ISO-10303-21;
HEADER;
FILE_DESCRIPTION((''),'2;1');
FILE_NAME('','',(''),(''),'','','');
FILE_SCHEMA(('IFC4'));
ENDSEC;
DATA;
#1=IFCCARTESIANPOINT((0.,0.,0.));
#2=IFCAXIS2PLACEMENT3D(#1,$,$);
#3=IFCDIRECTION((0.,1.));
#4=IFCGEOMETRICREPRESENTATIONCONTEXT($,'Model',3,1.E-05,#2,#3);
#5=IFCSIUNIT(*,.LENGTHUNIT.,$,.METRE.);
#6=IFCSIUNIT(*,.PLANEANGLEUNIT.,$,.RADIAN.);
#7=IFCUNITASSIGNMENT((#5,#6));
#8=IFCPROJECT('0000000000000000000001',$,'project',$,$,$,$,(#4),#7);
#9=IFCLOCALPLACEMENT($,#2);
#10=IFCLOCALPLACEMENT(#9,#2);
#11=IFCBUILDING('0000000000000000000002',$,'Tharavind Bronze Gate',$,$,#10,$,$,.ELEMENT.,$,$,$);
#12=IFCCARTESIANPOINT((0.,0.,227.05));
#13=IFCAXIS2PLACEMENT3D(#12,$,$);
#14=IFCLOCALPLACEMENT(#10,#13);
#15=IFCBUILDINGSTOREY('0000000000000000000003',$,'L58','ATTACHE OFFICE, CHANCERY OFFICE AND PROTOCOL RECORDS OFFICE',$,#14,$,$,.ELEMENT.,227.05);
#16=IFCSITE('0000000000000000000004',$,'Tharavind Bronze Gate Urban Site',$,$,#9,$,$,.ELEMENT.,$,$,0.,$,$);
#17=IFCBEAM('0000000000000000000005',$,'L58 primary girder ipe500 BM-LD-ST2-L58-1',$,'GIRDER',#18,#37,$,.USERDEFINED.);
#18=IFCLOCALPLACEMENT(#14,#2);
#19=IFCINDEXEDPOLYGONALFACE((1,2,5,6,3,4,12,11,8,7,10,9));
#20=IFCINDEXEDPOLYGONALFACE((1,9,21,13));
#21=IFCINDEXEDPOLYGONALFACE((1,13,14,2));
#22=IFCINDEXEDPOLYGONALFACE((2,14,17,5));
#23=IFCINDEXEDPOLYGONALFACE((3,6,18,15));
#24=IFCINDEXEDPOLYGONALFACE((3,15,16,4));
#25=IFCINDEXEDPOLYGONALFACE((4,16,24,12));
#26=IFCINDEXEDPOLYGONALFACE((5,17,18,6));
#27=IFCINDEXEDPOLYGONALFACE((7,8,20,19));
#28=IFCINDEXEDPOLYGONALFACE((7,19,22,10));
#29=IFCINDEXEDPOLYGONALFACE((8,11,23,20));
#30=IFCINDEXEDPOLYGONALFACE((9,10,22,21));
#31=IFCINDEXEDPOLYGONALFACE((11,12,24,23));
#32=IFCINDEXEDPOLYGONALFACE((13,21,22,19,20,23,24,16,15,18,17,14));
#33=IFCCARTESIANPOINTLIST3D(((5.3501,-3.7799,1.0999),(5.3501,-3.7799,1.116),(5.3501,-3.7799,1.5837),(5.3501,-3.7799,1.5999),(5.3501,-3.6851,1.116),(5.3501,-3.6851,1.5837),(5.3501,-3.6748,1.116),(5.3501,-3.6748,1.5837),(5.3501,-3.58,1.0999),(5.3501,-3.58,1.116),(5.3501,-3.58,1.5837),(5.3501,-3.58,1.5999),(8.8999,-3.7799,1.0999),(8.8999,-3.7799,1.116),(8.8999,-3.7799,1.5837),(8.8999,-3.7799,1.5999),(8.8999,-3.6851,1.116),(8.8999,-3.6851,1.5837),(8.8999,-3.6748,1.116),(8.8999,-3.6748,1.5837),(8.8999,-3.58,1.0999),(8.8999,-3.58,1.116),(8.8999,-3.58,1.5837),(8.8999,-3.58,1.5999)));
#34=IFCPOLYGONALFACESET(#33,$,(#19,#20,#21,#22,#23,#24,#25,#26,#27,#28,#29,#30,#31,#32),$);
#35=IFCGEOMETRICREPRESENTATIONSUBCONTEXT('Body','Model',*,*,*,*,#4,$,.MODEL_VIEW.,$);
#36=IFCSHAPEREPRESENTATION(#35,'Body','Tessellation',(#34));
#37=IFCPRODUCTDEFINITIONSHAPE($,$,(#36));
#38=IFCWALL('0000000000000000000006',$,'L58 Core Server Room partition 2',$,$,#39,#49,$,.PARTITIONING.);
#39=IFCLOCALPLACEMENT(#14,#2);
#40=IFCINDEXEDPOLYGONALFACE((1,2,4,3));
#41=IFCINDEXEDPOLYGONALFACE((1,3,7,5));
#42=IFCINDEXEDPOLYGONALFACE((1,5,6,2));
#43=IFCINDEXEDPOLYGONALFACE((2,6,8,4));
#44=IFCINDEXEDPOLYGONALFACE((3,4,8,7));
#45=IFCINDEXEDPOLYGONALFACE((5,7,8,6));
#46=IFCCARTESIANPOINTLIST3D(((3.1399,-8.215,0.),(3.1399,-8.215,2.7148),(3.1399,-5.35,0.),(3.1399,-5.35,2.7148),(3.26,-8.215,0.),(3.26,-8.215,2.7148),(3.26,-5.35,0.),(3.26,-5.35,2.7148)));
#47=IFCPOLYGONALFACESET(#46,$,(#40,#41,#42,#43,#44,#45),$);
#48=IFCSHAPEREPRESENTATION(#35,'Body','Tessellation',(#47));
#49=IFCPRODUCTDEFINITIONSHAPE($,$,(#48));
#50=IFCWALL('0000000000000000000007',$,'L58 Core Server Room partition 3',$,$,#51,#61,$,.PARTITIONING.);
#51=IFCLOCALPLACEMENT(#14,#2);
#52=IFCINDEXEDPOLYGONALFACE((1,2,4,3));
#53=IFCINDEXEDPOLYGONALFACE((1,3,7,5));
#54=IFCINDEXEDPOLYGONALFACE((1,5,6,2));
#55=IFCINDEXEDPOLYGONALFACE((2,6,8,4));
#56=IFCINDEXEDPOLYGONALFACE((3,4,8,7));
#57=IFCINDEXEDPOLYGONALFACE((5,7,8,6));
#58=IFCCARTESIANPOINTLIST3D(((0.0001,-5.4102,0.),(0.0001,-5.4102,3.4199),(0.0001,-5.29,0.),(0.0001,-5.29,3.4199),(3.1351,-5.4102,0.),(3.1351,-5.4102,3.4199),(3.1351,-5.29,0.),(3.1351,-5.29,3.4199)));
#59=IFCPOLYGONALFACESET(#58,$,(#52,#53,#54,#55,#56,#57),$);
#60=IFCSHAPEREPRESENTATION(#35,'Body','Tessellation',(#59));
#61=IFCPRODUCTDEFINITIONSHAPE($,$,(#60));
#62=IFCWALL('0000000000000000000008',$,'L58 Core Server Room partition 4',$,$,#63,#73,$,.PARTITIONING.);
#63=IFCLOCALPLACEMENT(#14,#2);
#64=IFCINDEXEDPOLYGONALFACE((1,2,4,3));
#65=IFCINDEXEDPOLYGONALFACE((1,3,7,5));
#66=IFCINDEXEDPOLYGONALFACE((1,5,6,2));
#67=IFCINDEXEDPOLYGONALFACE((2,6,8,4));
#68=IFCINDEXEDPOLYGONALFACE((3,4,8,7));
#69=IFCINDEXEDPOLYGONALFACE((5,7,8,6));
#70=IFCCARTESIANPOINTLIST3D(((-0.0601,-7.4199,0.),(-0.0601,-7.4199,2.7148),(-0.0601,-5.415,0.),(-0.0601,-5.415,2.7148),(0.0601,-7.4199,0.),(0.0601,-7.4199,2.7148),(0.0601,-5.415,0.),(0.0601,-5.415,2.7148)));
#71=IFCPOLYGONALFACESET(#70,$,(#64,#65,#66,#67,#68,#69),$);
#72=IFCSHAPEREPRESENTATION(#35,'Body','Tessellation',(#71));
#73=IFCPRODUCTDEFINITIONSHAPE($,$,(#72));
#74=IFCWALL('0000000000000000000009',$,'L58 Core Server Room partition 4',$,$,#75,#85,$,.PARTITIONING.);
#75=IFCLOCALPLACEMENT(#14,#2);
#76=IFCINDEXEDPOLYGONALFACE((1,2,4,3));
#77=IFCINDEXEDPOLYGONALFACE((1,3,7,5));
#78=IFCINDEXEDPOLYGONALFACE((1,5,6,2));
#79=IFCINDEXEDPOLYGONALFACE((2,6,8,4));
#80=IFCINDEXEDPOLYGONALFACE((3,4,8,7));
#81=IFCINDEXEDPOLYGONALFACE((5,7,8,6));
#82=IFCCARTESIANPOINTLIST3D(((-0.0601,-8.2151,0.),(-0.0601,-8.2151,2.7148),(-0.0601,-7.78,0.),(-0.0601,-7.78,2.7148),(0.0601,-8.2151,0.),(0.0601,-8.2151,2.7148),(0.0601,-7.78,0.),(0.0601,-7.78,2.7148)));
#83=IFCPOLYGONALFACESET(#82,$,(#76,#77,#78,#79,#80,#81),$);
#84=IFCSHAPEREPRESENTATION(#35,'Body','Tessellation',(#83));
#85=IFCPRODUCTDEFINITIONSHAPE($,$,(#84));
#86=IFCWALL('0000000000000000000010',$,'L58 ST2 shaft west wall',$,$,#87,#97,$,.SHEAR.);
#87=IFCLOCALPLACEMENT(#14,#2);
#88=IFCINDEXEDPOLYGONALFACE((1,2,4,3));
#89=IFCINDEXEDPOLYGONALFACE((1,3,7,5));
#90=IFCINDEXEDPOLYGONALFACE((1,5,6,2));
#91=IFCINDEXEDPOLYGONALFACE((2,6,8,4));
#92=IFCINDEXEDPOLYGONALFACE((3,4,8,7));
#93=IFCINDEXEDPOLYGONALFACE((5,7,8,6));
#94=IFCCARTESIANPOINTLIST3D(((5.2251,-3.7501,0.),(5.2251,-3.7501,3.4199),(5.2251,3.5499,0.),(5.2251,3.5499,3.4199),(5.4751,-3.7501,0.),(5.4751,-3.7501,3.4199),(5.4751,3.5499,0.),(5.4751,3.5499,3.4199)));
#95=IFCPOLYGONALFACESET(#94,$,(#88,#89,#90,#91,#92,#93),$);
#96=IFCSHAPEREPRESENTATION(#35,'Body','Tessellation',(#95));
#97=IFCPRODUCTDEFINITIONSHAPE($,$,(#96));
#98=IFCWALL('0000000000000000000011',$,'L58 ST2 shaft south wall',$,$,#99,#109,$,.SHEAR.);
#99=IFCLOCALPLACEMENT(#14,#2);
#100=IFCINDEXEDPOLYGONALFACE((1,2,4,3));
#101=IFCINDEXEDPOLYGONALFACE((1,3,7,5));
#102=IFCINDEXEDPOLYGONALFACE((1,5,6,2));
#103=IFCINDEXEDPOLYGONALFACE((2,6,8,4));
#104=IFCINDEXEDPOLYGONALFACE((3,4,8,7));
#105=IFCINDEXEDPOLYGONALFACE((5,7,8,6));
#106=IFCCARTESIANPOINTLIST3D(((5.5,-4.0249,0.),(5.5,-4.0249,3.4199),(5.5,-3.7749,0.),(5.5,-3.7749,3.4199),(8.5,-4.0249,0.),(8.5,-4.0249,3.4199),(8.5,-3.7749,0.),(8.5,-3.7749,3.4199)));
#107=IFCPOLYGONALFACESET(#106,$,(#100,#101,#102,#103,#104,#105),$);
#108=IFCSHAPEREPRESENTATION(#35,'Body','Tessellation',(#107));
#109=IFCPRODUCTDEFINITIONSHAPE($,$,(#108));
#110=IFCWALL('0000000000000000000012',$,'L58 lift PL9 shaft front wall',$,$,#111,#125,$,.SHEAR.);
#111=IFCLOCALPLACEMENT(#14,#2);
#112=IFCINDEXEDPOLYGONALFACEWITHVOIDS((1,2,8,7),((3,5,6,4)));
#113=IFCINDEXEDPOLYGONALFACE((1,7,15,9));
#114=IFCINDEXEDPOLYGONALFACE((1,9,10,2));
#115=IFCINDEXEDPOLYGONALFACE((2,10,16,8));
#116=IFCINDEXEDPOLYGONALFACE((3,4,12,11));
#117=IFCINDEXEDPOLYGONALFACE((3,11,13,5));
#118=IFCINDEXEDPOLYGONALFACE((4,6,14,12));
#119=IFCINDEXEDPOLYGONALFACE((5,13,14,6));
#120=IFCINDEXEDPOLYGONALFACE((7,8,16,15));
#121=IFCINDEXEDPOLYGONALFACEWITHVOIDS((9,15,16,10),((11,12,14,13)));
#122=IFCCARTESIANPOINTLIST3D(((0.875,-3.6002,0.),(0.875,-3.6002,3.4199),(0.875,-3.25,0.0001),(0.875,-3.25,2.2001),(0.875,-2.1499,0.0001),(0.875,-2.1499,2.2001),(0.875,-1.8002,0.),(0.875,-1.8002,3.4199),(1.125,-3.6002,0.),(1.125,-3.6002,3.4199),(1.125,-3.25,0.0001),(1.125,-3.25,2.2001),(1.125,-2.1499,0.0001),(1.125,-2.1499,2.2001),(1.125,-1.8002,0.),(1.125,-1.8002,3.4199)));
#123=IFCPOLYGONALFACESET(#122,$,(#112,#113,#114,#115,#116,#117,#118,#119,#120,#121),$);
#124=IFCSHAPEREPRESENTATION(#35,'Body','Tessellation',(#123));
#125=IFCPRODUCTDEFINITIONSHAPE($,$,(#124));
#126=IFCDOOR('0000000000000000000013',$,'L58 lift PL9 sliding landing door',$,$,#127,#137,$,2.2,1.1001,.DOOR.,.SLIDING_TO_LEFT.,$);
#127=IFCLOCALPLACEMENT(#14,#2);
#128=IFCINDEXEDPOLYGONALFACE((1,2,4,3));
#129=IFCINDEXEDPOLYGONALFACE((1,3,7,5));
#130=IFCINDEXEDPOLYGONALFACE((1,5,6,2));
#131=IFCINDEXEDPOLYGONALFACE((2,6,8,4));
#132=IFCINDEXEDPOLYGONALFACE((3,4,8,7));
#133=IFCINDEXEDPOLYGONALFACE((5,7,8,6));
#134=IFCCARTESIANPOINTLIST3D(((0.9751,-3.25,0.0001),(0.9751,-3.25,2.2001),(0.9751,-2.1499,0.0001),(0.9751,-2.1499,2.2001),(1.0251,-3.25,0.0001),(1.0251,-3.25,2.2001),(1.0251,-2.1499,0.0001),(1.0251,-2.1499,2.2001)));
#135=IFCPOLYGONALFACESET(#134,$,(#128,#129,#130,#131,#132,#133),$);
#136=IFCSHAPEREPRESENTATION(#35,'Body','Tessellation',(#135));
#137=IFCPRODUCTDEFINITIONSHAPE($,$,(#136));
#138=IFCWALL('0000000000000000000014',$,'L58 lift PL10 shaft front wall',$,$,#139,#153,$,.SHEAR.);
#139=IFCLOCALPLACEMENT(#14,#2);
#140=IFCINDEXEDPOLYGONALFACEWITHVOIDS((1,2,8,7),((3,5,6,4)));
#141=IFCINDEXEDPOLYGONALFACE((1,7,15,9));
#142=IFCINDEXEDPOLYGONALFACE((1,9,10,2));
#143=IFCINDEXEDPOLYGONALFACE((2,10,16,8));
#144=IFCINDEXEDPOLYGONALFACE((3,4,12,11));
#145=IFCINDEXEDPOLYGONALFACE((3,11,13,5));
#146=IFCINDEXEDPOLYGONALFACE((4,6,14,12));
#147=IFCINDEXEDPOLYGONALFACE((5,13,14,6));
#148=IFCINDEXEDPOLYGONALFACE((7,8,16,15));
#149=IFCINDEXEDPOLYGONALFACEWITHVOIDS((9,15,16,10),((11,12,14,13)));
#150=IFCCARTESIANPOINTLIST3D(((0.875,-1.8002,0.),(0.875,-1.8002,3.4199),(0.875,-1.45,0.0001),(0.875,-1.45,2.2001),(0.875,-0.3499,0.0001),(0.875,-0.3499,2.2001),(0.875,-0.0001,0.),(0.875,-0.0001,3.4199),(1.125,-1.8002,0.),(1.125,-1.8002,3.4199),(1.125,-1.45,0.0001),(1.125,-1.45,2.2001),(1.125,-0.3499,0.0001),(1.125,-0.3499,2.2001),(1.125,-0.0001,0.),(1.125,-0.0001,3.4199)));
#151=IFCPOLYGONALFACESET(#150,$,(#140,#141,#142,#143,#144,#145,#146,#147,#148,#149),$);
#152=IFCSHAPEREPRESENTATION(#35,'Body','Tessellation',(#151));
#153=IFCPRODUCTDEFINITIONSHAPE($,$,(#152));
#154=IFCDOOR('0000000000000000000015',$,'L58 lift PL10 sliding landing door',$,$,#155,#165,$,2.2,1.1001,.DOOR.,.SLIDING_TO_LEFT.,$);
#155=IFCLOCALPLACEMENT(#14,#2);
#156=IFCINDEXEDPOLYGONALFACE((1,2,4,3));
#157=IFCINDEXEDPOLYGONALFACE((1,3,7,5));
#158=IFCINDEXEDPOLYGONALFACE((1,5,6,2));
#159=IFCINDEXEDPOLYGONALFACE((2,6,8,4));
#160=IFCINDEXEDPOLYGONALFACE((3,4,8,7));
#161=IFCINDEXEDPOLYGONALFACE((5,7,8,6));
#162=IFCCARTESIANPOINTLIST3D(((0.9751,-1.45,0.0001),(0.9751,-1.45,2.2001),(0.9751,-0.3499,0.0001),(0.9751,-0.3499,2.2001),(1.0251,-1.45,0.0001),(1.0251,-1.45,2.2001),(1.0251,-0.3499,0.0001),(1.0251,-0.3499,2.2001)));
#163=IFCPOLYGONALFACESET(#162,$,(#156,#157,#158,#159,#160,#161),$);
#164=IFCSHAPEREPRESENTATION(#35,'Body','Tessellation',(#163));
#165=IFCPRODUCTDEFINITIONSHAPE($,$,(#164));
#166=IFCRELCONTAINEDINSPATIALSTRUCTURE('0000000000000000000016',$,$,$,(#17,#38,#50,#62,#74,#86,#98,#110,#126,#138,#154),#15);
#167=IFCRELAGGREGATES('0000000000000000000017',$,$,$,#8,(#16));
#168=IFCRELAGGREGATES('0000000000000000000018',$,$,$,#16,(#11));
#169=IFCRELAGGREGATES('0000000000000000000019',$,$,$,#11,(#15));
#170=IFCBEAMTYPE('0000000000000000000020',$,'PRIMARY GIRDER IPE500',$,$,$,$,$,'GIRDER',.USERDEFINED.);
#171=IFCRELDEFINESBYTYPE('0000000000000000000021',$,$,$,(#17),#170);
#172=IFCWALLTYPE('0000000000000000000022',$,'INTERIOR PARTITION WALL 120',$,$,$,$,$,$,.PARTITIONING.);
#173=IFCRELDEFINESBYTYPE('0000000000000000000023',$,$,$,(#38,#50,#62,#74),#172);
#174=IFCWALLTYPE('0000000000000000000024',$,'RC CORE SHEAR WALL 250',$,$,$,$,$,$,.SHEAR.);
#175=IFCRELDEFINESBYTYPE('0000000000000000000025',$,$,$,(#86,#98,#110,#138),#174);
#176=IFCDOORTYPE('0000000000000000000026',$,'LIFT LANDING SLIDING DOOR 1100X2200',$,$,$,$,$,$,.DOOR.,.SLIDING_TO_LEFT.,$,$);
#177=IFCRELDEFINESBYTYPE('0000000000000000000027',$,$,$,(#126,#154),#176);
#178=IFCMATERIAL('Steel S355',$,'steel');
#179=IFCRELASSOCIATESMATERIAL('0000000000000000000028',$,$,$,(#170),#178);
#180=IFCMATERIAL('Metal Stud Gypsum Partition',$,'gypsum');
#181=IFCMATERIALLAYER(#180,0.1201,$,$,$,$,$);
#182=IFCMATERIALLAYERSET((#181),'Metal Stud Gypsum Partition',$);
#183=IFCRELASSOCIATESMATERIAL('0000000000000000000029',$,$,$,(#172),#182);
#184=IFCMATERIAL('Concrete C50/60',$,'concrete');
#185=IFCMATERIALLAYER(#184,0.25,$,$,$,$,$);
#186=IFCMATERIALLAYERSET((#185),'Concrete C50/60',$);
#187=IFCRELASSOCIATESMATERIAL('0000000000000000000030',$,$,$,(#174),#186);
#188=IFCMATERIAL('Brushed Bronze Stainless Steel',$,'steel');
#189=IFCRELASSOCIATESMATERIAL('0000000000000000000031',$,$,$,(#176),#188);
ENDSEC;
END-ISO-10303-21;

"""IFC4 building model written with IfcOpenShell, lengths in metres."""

from ifc_helpers import new_model, si_unit, direction, frame, frame_2d, origin, origin_2d, place, context, subcontext, project, spatial, rectangle, i_section, extrude, material, layer, layer_set, material_profile, profile_set, type_object, element, fill, save


model = new_model("IFC4")

# Units and contexts
model_context = context("Model", 3, precision=1e-05, world=origin(), true_north=direction((0.0, 1.0)))
body_context = subcontext(model_context, "Body", "Model", "MODEL_VIEW")
ifc_project = project(units=[si_unit("LENGTHUNIT", "METRE"), si_unit("PLANEANGLEUNIT", "RADIAN")], contexts=[model_context])

# Site, building, storey
site_placement = place(None, origin())
site = spatial("IfcSite", under=ifc_project, at=site_placement, Name="Tharavind Bronze Gate Urban Site", CompositionType="ELEMENT", RefElevation=0.0)
building_placement = place(site_placement, origin())
building = spatial("IfcBuilding", under=site, at=building_placement, Name="Tharavind Bronze Gate", CompositionType="ELEMENT")
storey_placement = place(building_placement, frame((0.0, 0.0, 227.05)))
storey = spatial("IfcBuildingStorey", under=building, at=storey_placement, Name="L58", Description="ATTACHE OFFICE, CHANCERY OFFICE AND PROTOCOL RECORDS OFFICE", CompositionType="ELEMENT", Elevation=227.05)

# Beam
ifc_material_1 = material(Name="Steel S355", Category="steel")
ifc_material_profile = material_profile(ifc_material_1, i_section(OverallWidth=0.2, OverallDepth=0.5, WebThickness=0.0103, FlangeThickness=0.0161, at=origin_2d()), Name="IPE500")
ifc_profile_set = profile_set([ifc_material_profile], Name="Steel S355")
beam_type = type_object("IfcBeamType", Name="PRIMARY GIRDER IPE500", ElementType="GIRDER", PredefinedType="USERDEFINED", material=ifc_profile_set)
beam_placement = place(storey_placement, frame((5.3501, -3.6799, 1.3499), z_axis=(1.0, 0.0, 0.0), x_axis=(0.0, 1.0, 0.0)))
element("IfcBeam", 1, at=beam_placement, inside=storey, type_object=beam_type, Name="L58 primary girder ipe500 BM-LD-ST2-L58-1", ObjectType="GIRDER", PredefinedType="USERDEFINED", context=body_context, shape_type="SweptSolid", body=[
    extrude(i_section(OverallWidth=0.2, OverallDepth=0.5, WebThickness=0.0103, FlangeThickness=0.0161, at=origin_2d()), origin(), (0.0, 0.0, 1.0), 3.5498),
])

# Walls
ifc_material_2 = material(Name="Metal Stud Gypsum Partition", Category="gypsum")
ifc_layer_1 = layer(ifc_material_2, 0.1201)
ifc_layer_set_1 = layer_set([ifc_layer_1], Name="Metal Stud Gypsum Partition")
wall_type_1 = type_object("IfcWallType", Name="INTERIOR PARTITION WALL 120", PredefinedType="PARTITIONING", material=ifc_layer_set_1)
wall_1_placement = place(storey_placement, frame((3.2, -8.2151, 0.0), z_axis=(0.0, 0.0, 1.0), x_axis=(0.0, 1.0, 0.0)))
element("IfcWall", 2, at=wall_1_placement, inside=storey, type_object=wall_type_1, Name="L58 Core Server Room partition 2", PredefinedType="PARTITIONING", context=body_context, shape_type="SweptSolid", body=[
    extrude(rectangle(XDim=2.865, YDim=0.1201, at=frame_2d((1.4326, 0.0))), origin(), (0.0, 0.0, 1.0), 2.7148),
])
wall_2_placement = place(storey_placement, frame((3.135, -5.3501, 0.0), z_axis=(0.0, 0.0, 1.0), x_axis=(-1.0, 0.0, 0.0)))
element("IfcWall", 3, at=wall_2_placement, inside=storey, type_object=wall_type_1, Name="L58 Core Server Room partition 3", PredefinedType="PARTITIONING", context=body_context, shape_type="SweptSolid", body=[
    extrude(rectangle(XDim=3.135, YDim=0.1201, at=frame_2d((1.5674, 0.0))), origin(), (0.0, 0.0, 1.0), 3.4199),
])
wall_3_placement = place(storey_placement, frame((0.0, -5.415, 0.0), z_axis=(0.0, 0.0, 1.0), x_axis=(0.0, -1.0, 0.0)))
element("IfcWall", 4, at=wall_3_placement, inside=storey, type_object=wall_type_1, Name="L58 Core Server Room partition 4", PredefinedType="PARTITIONING", context=body_context, shape_type="SweptSolid", body=[
    extrude(rectangle(XDim=2.0049, YDim=0.1201, at=frame_2d((1.0024, 0.0))), origin(), (0.0, 0.0, 1.0), 2.7148),
])
wall_4_placement = place(storey_placement, frame((0.0, -7.78, 0.0), z_axis=(0.0, 0.0, 1.0), x_axis=(0.0, -1.0, 0.0)))
element("IfcWall", 5, at=wall_4_placement, inside=storey, type_object=wall_type_1, Name="L58 Core Server Room partition 4", PredefinedType="PARTITIONING", context=body_context, shape_type="SweptSolid", body=[
    extrude(rectangle(XDim=0.4351, YDim=0.1201, at=frame_2d((0.2175, 0.0))), origin(), (0.0, 0.0, 1.0), 2.7148),
])
ifc_material_3 = material(Name="Concrete C50/60", Category="concrete")
ifc_layer_2 = layer(ifc_material_3, 0.25)
ifc_layer_set_2 = layer_set([ifc_layer_2], Name="Concrete C50/60")
wall_type_2 = type_object("IfcWallType", Name="RC CORE SHEAR WALL 250", PredefinedType="SHEAR", material=ifc_layer_set_2)
wall_5_placement = place(storey_placement, frame((5.3501, -3.75, 0.0), z_axis=(0.0, 0.0, 1.0), x_axis=(0.0, 1.0, 0.0)))
element("IfcWall", 6, at=wall_5_placement, inside=storey, type_object=wall_type_2, Name="L58 ST2 shaft west wall", PredefinedType="SHEAR", context=body_context, shape_type="SweptSolid", body=[
    extrude(rectangle(XDim=7.3, YDim=0.25, at=frame_2d((3.6499, 0.0))), origin(), (0.0, 0.0, 1.0), 3.4199),
])
wall_6_placement = place(storey_placement, frame((5.5, -3.8999, 0.0), z_axis=(0.0, 0.0, 1.0), x_axis=(1.0, 0.0, 0.0)))
element("IfcWall", 7, at=wall_6_placement, inside=storey, type_object=wall_type_2, Name="L58 ST2 shaft south wall", PredefinedType="SHEAR", context=body_context, shape_type="SweptSolid", body=[
    extrude(rectangle(XDim=3.0, YDim=0.25, at=frame_2d((1.5, 0.0))), origin(), (0.0, 0.0, 1.0), 3.4199),
])

# Walls, openings, doors
wall_7_placement = place(storey_placement, frame((1.0, -3.6001, 0.0), z_axis=(0.0, 0.0, 1.0), x_axis=(0.0, 1.0, 0.0)))
wall_7 = element("IfcWall", 8, at=wall_7_placement, inside=storey, type_object=wall_type_2, Name="L58 lift PL9 shaft front wall", PredefinedType="SHEAR", context=body_context, shape_type="SweptSolid", body=[
    extrude(rectangle(XDim=1.8, YDim=0.25, at=frame_2d((0.8999, 0.0))), origin(), (0.0, 0.0, 1.0), 3.4199),
])
opening_1_placement = place(wall_7_placement, frame((0.3501, 0.0, 0.0)))
opening_1 = element("IfcOpeningElement", 9, at=opening_1_placement, cuts=wall_7, PredefinedType="OPENING", context=body_context, shape_type="SweptSolid", body=[
    extrude(rectangle(XDim=1.1001, YDim=2.2, at=frame_2d((0.55, 1.1001))), frame((0.0, 0.135, 0.0), z_axis=(0.0, -1.0, 0.0), x_axis=(1.0, 0.0, 0.0)), (0.0, 0.0, 1.0), 0.27),
])
ifc_material_4 = material(Name="Brushed Bronze Stainless Steel", Category="steel")
door_type = type_object("IfcDoorType", Name="LIFT LANDING SLIDING DOOR 1100X2200", OperationType="SLIDING_TO_LEFT", PredefinedType="DOOR", material=ifc_material_4)
door_1_placement = place(opening_1_placement, origin())
door_1 = element("IfcDoor", 10, at=door_1_placement, inside=storey, type_object=door_type, Name="L58 lift PL9 sliding landing door", OperationType="SLIDING_TO_LEFT", OverallHeight=2.2, OverallWidth=1.1001, PredefinedType="DOOR", context=body_context, shape_type="SweptSolid", body=[
    extrude(rectangle(XDim=1.1001, YDim=2.2, at=frame_2d((0.55, 1.1001))), frame((0.0, 0.0249, 0.0), z_axis=(0.0, -1.0, 0.0), x_axis=(1.0, 0.0, 0.0)), (0.0, 0.0, 1.0), 0.05),
])
fill(opening_1, door_1)
wall_8_placement = place(storey_placement, frame((1.0, -1.8, 0.0), z_axis=(0.0, 0.0, 1.0), x_axis=(0.0, 1.0, 0.0)))
wall_8 = element("IfcWall", 11, at=wall_8_placement, inside=storey, type_object=wall_type_2, Name="L58 lift PL10 shaft front wall", PredefinedType="SHEAR", context=body_context, shape_type="SweptSolid", body=[
    extrude(rectangle(XDim=1.8, YDim=0.25, at=frame_2d((0.8999, 0.0))), origin(), (0.0, 0.0, 1.0), 3.4199),
])
opening_2_placement = place(wall_8_placement, frame((0.3501, 0.0, 0.0)))
opening_2 = element("IfcOpeningElement", 12, at=opening_2_placement, cuts=wall_8, PredefinedType="OPENING", context=body_context, shape_type="SweptSolid", body=[
    extrude(rectangle(XDim=1.1001, YDim=2.2, at=frame_2d((0.55, 1.1001))), frame((0.0, 0.135, 0.0), z_axis=(0.0, -1.0, 0.0), x_axis=(1.0, 0.0, 0.0)), (0.0, 0.0, 1.0), 0.27),
])
door_2_placement = place(opening_2_placement, origin())
door_2 = element("IfcDoor", 13, at=door_2_placement, inside=storey, type_object=door_type, Name="L58 lift PL10 sliding landing door", OperationType="SLIDING_TO_LEFT", OverallHeight=2.2, OverallWidth=1.1001, PredefinedType="DOOR", context=body_context, shape_type="SweptSolid", body=[
    extrude(rectangle(XDim=1.1001, YDim=2.2, at=frame_2d((0.55, 1.1001))), frame((0.0, 0.0249, 0.0), z_axis=(0.0, -1.0, 0.0), x_axis=(1.0, 0.0, 0.0)), (0.0, 0.0, 1.0), 0.05),
])
fill(opening_2, door_2)

save(model, "model.ifc")
